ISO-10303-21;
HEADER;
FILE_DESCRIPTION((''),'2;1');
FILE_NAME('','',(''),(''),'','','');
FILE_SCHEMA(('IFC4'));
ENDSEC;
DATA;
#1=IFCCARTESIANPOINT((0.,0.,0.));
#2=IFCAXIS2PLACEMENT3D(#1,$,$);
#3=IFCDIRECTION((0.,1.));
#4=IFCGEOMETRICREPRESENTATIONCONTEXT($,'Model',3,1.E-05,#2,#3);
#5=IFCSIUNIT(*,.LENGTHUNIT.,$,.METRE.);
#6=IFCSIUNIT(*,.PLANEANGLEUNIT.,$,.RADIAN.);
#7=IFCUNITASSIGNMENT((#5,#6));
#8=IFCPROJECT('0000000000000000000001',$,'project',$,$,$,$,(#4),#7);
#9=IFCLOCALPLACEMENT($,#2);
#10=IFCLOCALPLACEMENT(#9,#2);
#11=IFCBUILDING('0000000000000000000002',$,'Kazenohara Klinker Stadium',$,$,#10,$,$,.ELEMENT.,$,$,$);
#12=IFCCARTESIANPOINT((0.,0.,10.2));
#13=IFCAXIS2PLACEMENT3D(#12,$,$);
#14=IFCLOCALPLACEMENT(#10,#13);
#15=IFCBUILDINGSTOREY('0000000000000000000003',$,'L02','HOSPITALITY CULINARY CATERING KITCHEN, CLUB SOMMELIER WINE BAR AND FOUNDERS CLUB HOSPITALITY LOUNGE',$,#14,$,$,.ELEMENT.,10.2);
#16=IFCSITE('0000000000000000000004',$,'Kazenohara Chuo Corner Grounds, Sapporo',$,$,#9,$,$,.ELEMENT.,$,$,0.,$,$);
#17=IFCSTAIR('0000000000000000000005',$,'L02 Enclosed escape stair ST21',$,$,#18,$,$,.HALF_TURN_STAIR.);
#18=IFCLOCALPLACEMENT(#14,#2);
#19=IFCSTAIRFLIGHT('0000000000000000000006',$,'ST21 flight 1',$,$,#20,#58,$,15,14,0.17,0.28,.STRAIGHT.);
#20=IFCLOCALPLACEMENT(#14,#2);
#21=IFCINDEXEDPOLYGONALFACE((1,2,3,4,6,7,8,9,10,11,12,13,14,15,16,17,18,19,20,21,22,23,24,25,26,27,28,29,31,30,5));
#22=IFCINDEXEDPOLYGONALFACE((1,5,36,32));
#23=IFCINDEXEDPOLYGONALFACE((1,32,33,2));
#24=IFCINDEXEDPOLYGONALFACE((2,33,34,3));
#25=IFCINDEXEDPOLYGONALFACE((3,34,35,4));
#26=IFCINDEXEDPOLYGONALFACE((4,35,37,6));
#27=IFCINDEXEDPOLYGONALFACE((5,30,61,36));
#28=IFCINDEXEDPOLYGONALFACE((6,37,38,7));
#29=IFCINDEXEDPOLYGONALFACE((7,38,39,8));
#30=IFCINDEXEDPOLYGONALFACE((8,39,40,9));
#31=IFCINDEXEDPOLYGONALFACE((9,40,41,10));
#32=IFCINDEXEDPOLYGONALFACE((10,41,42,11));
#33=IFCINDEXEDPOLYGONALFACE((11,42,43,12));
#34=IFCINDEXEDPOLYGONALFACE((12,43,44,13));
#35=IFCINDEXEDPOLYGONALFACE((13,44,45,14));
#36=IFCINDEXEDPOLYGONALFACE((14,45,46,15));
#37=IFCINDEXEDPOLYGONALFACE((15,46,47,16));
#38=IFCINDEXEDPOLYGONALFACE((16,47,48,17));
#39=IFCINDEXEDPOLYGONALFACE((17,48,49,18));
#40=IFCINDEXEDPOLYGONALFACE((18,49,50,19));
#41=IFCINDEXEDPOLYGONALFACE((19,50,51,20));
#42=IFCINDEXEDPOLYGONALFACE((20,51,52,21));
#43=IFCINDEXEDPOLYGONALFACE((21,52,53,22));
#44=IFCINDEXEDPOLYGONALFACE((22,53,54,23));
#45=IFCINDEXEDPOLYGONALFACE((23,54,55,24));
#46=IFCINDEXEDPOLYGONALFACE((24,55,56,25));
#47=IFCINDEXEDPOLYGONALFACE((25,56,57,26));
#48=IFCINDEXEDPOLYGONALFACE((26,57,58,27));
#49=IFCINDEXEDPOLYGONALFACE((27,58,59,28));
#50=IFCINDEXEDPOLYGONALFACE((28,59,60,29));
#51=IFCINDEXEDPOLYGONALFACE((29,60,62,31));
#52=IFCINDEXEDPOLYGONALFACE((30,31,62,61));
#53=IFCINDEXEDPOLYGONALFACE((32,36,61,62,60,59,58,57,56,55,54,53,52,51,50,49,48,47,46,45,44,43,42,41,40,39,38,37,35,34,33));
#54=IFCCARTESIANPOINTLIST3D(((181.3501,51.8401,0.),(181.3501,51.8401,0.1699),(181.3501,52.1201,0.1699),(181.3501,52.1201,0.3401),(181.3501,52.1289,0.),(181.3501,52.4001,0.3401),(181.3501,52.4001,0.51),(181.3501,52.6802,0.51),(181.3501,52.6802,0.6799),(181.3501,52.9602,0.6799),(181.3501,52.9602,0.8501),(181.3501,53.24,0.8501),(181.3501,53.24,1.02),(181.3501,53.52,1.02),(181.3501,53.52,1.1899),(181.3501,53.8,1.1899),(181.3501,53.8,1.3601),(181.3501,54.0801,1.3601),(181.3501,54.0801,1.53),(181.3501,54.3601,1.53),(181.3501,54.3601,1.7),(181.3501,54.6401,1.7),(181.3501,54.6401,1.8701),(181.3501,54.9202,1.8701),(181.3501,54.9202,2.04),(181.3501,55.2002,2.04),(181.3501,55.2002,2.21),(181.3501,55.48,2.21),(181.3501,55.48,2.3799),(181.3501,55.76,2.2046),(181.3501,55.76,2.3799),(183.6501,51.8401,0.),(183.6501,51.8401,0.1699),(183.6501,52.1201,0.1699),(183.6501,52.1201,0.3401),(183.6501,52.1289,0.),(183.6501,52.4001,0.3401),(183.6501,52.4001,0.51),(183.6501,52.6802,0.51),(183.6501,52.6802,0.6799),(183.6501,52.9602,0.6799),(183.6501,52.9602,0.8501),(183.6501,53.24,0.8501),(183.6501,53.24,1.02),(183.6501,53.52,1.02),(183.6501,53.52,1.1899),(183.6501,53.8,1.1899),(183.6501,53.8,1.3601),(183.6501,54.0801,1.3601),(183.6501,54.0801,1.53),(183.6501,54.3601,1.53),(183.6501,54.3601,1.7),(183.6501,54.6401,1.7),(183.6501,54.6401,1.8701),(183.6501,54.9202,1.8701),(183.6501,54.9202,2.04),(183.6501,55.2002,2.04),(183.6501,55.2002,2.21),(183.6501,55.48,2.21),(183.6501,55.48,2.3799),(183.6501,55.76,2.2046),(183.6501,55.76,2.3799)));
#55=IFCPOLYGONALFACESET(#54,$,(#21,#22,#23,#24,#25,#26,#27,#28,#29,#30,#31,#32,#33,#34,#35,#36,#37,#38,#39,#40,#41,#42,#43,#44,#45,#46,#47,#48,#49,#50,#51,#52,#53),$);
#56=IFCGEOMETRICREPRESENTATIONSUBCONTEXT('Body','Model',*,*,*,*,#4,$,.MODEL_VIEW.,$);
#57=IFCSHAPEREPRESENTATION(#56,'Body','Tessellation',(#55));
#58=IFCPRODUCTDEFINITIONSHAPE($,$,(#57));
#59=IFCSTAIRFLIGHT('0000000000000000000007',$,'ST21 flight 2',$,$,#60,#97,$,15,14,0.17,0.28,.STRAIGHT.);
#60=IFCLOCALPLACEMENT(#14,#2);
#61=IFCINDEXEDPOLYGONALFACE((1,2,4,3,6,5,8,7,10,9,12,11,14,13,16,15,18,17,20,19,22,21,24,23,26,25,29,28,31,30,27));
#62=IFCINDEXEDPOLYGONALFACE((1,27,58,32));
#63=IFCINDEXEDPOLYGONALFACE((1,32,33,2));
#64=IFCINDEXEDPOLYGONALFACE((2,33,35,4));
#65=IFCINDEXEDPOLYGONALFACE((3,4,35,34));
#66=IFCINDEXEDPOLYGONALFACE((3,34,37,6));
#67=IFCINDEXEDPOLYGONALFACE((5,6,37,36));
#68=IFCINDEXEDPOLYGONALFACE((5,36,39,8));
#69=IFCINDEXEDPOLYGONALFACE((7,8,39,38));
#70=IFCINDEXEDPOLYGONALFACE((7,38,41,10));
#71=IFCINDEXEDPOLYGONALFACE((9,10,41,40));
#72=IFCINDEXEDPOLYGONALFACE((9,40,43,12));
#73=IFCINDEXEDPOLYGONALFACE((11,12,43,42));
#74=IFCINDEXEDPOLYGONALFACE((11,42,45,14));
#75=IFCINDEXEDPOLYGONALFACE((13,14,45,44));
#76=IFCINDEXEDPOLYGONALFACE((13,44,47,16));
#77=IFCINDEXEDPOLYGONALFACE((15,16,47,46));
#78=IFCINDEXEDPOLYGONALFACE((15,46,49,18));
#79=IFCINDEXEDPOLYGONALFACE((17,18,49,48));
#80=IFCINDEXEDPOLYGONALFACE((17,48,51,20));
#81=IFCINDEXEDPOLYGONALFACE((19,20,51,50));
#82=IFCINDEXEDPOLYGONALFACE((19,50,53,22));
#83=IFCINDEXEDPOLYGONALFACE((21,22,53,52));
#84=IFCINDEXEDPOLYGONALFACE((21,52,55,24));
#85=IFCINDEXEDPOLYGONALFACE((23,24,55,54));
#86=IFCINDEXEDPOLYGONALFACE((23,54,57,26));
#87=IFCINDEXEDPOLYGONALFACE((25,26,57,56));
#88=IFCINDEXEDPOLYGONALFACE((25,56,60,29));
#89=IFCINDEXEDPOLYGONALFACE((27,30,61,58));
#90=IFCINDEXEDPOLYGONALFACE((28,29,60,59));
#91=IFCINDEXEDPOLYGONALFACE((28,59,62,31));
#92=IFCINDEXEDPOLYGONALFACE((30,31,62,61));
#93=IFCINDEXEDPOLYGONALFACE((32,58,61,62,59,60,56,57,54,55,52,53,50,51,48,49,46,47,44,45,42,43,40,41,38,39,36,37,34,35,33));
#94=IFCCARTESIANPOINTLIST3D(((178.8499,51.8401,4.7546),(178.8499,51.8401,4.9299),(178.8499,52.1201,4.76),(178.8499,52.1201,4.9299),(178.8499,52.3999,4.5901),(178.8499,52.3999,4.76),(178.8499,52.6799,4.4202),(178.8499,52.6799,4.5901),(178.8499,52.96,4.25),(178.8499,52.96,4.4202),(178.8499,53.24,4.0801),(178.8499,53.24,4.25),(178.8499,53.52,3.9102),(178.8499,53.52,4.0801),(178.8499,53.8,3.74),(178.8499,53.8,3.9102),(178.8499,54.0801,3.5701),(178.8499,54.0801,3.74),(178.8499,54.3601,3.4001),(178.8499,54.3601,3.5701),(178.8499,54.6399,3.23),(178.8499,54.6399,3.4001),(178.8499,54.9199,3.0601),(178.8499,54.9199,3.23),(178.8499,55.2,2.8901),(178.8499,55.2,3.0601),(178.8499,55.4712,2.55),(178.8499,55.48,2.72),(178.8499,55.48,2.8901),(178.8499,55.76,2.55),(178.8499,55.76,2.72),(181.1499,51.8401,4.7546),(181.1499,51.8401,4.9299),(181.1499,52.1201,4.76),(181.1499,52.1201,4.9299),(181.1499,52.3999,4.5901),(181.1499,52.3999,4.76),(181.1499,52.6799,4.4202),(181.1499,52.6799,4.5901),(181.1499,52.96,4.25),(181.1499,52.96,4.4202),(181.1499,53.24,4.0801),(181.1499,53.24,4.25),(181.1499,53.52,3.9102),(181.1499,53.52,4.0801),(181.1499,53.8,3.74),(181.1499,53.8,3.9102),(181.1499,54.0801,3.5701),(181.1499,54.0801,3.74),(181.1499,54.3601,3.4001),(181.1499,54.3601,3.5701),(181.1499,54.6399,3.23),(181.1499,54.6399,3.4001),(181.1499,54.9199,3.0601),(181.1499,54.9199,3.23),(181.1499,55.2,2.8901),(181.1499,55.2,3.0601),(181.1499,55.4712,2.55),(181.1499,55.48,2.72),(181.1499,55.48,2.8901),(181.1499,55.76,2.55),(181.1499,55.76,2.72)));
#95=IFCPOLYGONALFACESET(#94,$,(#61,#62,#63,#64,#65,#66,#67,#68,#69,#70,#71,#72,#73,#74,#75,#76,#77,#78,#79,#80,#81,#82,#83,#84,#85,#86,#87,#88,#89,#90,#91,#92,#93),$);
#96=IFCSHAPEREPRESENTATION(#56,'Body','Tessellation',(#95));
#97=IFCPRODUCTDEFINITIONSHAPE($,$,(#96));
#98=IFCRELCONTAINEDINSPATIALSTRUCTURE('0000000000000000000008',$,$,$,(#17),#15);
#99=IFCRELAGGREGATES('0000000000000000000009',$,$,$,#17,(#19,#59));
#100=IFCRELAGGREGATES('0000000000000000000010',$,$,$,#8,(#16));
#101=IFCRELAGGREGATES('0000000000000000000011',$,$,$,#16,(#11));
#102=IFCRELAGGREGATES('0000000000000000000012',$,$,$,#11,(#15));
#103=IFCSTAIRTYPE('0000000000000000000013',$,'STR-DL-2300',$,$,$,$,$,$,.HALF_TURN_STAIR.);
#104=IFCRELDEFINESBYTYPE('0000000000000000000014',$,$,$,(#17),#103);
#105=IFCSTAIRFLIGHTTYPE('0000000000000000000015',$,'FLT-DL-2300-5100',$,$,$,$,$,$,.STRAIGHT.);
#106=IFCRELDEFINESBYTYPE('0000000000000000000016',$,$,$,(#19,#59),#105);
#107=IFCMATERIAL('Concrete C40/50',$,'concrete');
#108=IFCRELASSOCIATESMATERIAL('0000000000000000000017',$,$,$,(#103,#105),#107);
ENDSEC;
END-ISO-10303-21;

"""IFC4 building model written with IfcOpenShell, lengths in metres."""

from ifc_helpers import new_model, si_unit, direction, frame, origin, place, context, subcontext, project, spatial, polyline, outline, extrude, material, type_object, element, aggregate, save


model = new_model("IFC4")

# Units and contexts
model_context = context("Model", 3, precision=1e-05, world=origin(), true_north=direction((0.0, 1.0)))
body_context = subcontext(model_context, "Body", "Model", "MODEL_VIEW")
ifc_project = project(units=[si_unit("LENGTHUNIT", "METRE"), si_unit("PLANEANGLEUNIT", "RADIAN")], contexts=[model_context])

# Site, building, storey
site_placement = place(None, origin())
site = spatial("IfcSite", under=ifc_project, at=site_placement, Name="Kazenohara Chuo Corner Grounds, Sapporo", CompositionType="ELEMENT", RefElevation=0.0)
building_placement = place(site_placement, origin())
building = spatial("IfcBuilding", under=site, at=building_placement, Name="Kazenohara Klinker Stadium", CompositionType="ELEMENT")
storey_placement = place(building_placement, frame((0.0, 0.0, 10.2)))
storey = spatial("IfcBuildingStorey", under=building, at=storey_placement, Name="L02", Description="HOSPITALITY CULINARY CATERING KITCHEN, CLUB SOMMELIER WINE BAR AND FOUNDERS CLUB HOSPITALITY LOUNGE", CompositionType="ELEMENT", Elevation=10.2)

# Shared definitions
ifc_material_1 = material(Name="Concrete C40/50", Category="concrete")

# Stair, stair flights
stair_type = type_object("IfcStairType", Name="STR-DL-2300", PredefinedType="HALF_TURN_STAIR", material=ifc_material_1)
stair_placement = place(storey_placement, origin())
stair = element("IfcStair", 1, at=stair_placement, inside=storey, type_object=stair_type, Name="L02 Enclosed escape stair ST21", PredefinedType="HALF_TURN_STAIR")
stair_flight_type = type_object("IfcStairFlightType", Name="FLT-DL-2300-5100", PredefinedType="STRAIGHT", material=ifc_material_1)
stair_flight_1_placement = place(storey_placement, frame((182.5, 51.8401, 0.0), z_axis=(0.0, 0.0, 1.0), x_axis=(0.0, 1.0, 0.0)))
stair_flight_1 = element("IfcStairFlight", 2, at=stair_flight_1_placement, type_object=stair_flight_type, Name="ST21 flight 1", NumberOfRisers=15, NumberOfTreads=14, PredefinedType="STRAIGHT", RiserHeight=0.17, TreadLength=0.28, context=body_context, shape_type="SweptSolid", body=[
    extrude(outline(polyline([(0.0, 0.0), (0.0, 0.1699), (0.28, 0.1699), (0.28, 0.3401), (0.5601, 0.3401), (0.5601, 0.51), (0.8401, 0.51), (0.8401, 0.6799), (1.1201, 0.6799), (1.1201, 0.8501), (1.3999, 0.8501), (1.3999, 1.02), (1.6799, 1.02), (1.6799, 1.1899), (1.96, 1.1899), (1.96, 1.3601), (2.24, 1.3601), (2.24, 1.53), (2.52, 1.53), (2.52, 1.7), (2.8, 1.7), (2.8, 1.8701), (3.0801, 1.8701), (3.0801, 2.04), (3.3601, 2.04), (3.3601, 2.21), (3.6399, 2.21), (3.6399, 2.3799), (3.9199, 2.3799), (3.9199, 2.55), (3.9199, 2.2046), (0.2888, 0.0), (0.0, 0.0)])), frame((0.0, 1.1499, 0.0), z_axis=(0.0, -1.0, 0.0), x_axis=(1.0, 0.0, 0.0)), (0.0, 0.0, 1.0), 2.3),
])
stair_flight_2_placement = place(storey_placement, frame((180.0, 55.76, 2.55), z_axis=(0.0, 0.0, 1.0), x_axis=(0.0, -1.0, 0.0)))
stair_flight_2 = element("IfcStairFlight", 3, at=stair_flight_2_placement, type_object=stair_flight_type, Name="ST21 flight 2", NumberOfRisers=15, NumberOfTreads=14, PredefinedType="STRAIGHT", RiserHeight=0.17, TreadLength=0.28, context=body_context, shape_type="SweptSolid", body=[
    extrude(outline(polyline([(0.0, 0.0), (0.0, 0.1699), (0.28, 0.1699), (0.28, 0.3401), (0.5601, 0.3401), (0.5601, 0.51), (0.8401, 0.51), (0.8401, 0.6799), (1.1201, 0.6799), (1.1201, 0.8501), (1.3999, 0.8501), (1.3999, 1.02), (1.6799, 1.02), (1.6799, 1.1899), (1.96, 1.1899), (1.96, 1.3601), (2.24, 1.3601), (2.24, 1.53), (2.52, 1.53), (2.52, 1.7), (2.8, 1.7), (2.8, 1.8701), (3.0801, 1.8701), (3.0801, 2.04), (3.3601, 2.04), (3.3601, 2.21), (3.6399, 2.21), (3.6399, 2.3799), (3.9199, 2.3799), (3.9199, 2.55), (3.9199, 2.2046), (0.2888, 0.0), (0.0, 0.0)])), frame((0.0, 1.1499, 0.0), z_axis=(0.0, -1.0, 0.0), x_axis=(1.0, 0.0, 0.0)), (0.0, 0.0, 1.0), 2.3),
])
aggregate(stair, [stair_flight_1, stair_flight_2])

save(model, "model.ifc")
